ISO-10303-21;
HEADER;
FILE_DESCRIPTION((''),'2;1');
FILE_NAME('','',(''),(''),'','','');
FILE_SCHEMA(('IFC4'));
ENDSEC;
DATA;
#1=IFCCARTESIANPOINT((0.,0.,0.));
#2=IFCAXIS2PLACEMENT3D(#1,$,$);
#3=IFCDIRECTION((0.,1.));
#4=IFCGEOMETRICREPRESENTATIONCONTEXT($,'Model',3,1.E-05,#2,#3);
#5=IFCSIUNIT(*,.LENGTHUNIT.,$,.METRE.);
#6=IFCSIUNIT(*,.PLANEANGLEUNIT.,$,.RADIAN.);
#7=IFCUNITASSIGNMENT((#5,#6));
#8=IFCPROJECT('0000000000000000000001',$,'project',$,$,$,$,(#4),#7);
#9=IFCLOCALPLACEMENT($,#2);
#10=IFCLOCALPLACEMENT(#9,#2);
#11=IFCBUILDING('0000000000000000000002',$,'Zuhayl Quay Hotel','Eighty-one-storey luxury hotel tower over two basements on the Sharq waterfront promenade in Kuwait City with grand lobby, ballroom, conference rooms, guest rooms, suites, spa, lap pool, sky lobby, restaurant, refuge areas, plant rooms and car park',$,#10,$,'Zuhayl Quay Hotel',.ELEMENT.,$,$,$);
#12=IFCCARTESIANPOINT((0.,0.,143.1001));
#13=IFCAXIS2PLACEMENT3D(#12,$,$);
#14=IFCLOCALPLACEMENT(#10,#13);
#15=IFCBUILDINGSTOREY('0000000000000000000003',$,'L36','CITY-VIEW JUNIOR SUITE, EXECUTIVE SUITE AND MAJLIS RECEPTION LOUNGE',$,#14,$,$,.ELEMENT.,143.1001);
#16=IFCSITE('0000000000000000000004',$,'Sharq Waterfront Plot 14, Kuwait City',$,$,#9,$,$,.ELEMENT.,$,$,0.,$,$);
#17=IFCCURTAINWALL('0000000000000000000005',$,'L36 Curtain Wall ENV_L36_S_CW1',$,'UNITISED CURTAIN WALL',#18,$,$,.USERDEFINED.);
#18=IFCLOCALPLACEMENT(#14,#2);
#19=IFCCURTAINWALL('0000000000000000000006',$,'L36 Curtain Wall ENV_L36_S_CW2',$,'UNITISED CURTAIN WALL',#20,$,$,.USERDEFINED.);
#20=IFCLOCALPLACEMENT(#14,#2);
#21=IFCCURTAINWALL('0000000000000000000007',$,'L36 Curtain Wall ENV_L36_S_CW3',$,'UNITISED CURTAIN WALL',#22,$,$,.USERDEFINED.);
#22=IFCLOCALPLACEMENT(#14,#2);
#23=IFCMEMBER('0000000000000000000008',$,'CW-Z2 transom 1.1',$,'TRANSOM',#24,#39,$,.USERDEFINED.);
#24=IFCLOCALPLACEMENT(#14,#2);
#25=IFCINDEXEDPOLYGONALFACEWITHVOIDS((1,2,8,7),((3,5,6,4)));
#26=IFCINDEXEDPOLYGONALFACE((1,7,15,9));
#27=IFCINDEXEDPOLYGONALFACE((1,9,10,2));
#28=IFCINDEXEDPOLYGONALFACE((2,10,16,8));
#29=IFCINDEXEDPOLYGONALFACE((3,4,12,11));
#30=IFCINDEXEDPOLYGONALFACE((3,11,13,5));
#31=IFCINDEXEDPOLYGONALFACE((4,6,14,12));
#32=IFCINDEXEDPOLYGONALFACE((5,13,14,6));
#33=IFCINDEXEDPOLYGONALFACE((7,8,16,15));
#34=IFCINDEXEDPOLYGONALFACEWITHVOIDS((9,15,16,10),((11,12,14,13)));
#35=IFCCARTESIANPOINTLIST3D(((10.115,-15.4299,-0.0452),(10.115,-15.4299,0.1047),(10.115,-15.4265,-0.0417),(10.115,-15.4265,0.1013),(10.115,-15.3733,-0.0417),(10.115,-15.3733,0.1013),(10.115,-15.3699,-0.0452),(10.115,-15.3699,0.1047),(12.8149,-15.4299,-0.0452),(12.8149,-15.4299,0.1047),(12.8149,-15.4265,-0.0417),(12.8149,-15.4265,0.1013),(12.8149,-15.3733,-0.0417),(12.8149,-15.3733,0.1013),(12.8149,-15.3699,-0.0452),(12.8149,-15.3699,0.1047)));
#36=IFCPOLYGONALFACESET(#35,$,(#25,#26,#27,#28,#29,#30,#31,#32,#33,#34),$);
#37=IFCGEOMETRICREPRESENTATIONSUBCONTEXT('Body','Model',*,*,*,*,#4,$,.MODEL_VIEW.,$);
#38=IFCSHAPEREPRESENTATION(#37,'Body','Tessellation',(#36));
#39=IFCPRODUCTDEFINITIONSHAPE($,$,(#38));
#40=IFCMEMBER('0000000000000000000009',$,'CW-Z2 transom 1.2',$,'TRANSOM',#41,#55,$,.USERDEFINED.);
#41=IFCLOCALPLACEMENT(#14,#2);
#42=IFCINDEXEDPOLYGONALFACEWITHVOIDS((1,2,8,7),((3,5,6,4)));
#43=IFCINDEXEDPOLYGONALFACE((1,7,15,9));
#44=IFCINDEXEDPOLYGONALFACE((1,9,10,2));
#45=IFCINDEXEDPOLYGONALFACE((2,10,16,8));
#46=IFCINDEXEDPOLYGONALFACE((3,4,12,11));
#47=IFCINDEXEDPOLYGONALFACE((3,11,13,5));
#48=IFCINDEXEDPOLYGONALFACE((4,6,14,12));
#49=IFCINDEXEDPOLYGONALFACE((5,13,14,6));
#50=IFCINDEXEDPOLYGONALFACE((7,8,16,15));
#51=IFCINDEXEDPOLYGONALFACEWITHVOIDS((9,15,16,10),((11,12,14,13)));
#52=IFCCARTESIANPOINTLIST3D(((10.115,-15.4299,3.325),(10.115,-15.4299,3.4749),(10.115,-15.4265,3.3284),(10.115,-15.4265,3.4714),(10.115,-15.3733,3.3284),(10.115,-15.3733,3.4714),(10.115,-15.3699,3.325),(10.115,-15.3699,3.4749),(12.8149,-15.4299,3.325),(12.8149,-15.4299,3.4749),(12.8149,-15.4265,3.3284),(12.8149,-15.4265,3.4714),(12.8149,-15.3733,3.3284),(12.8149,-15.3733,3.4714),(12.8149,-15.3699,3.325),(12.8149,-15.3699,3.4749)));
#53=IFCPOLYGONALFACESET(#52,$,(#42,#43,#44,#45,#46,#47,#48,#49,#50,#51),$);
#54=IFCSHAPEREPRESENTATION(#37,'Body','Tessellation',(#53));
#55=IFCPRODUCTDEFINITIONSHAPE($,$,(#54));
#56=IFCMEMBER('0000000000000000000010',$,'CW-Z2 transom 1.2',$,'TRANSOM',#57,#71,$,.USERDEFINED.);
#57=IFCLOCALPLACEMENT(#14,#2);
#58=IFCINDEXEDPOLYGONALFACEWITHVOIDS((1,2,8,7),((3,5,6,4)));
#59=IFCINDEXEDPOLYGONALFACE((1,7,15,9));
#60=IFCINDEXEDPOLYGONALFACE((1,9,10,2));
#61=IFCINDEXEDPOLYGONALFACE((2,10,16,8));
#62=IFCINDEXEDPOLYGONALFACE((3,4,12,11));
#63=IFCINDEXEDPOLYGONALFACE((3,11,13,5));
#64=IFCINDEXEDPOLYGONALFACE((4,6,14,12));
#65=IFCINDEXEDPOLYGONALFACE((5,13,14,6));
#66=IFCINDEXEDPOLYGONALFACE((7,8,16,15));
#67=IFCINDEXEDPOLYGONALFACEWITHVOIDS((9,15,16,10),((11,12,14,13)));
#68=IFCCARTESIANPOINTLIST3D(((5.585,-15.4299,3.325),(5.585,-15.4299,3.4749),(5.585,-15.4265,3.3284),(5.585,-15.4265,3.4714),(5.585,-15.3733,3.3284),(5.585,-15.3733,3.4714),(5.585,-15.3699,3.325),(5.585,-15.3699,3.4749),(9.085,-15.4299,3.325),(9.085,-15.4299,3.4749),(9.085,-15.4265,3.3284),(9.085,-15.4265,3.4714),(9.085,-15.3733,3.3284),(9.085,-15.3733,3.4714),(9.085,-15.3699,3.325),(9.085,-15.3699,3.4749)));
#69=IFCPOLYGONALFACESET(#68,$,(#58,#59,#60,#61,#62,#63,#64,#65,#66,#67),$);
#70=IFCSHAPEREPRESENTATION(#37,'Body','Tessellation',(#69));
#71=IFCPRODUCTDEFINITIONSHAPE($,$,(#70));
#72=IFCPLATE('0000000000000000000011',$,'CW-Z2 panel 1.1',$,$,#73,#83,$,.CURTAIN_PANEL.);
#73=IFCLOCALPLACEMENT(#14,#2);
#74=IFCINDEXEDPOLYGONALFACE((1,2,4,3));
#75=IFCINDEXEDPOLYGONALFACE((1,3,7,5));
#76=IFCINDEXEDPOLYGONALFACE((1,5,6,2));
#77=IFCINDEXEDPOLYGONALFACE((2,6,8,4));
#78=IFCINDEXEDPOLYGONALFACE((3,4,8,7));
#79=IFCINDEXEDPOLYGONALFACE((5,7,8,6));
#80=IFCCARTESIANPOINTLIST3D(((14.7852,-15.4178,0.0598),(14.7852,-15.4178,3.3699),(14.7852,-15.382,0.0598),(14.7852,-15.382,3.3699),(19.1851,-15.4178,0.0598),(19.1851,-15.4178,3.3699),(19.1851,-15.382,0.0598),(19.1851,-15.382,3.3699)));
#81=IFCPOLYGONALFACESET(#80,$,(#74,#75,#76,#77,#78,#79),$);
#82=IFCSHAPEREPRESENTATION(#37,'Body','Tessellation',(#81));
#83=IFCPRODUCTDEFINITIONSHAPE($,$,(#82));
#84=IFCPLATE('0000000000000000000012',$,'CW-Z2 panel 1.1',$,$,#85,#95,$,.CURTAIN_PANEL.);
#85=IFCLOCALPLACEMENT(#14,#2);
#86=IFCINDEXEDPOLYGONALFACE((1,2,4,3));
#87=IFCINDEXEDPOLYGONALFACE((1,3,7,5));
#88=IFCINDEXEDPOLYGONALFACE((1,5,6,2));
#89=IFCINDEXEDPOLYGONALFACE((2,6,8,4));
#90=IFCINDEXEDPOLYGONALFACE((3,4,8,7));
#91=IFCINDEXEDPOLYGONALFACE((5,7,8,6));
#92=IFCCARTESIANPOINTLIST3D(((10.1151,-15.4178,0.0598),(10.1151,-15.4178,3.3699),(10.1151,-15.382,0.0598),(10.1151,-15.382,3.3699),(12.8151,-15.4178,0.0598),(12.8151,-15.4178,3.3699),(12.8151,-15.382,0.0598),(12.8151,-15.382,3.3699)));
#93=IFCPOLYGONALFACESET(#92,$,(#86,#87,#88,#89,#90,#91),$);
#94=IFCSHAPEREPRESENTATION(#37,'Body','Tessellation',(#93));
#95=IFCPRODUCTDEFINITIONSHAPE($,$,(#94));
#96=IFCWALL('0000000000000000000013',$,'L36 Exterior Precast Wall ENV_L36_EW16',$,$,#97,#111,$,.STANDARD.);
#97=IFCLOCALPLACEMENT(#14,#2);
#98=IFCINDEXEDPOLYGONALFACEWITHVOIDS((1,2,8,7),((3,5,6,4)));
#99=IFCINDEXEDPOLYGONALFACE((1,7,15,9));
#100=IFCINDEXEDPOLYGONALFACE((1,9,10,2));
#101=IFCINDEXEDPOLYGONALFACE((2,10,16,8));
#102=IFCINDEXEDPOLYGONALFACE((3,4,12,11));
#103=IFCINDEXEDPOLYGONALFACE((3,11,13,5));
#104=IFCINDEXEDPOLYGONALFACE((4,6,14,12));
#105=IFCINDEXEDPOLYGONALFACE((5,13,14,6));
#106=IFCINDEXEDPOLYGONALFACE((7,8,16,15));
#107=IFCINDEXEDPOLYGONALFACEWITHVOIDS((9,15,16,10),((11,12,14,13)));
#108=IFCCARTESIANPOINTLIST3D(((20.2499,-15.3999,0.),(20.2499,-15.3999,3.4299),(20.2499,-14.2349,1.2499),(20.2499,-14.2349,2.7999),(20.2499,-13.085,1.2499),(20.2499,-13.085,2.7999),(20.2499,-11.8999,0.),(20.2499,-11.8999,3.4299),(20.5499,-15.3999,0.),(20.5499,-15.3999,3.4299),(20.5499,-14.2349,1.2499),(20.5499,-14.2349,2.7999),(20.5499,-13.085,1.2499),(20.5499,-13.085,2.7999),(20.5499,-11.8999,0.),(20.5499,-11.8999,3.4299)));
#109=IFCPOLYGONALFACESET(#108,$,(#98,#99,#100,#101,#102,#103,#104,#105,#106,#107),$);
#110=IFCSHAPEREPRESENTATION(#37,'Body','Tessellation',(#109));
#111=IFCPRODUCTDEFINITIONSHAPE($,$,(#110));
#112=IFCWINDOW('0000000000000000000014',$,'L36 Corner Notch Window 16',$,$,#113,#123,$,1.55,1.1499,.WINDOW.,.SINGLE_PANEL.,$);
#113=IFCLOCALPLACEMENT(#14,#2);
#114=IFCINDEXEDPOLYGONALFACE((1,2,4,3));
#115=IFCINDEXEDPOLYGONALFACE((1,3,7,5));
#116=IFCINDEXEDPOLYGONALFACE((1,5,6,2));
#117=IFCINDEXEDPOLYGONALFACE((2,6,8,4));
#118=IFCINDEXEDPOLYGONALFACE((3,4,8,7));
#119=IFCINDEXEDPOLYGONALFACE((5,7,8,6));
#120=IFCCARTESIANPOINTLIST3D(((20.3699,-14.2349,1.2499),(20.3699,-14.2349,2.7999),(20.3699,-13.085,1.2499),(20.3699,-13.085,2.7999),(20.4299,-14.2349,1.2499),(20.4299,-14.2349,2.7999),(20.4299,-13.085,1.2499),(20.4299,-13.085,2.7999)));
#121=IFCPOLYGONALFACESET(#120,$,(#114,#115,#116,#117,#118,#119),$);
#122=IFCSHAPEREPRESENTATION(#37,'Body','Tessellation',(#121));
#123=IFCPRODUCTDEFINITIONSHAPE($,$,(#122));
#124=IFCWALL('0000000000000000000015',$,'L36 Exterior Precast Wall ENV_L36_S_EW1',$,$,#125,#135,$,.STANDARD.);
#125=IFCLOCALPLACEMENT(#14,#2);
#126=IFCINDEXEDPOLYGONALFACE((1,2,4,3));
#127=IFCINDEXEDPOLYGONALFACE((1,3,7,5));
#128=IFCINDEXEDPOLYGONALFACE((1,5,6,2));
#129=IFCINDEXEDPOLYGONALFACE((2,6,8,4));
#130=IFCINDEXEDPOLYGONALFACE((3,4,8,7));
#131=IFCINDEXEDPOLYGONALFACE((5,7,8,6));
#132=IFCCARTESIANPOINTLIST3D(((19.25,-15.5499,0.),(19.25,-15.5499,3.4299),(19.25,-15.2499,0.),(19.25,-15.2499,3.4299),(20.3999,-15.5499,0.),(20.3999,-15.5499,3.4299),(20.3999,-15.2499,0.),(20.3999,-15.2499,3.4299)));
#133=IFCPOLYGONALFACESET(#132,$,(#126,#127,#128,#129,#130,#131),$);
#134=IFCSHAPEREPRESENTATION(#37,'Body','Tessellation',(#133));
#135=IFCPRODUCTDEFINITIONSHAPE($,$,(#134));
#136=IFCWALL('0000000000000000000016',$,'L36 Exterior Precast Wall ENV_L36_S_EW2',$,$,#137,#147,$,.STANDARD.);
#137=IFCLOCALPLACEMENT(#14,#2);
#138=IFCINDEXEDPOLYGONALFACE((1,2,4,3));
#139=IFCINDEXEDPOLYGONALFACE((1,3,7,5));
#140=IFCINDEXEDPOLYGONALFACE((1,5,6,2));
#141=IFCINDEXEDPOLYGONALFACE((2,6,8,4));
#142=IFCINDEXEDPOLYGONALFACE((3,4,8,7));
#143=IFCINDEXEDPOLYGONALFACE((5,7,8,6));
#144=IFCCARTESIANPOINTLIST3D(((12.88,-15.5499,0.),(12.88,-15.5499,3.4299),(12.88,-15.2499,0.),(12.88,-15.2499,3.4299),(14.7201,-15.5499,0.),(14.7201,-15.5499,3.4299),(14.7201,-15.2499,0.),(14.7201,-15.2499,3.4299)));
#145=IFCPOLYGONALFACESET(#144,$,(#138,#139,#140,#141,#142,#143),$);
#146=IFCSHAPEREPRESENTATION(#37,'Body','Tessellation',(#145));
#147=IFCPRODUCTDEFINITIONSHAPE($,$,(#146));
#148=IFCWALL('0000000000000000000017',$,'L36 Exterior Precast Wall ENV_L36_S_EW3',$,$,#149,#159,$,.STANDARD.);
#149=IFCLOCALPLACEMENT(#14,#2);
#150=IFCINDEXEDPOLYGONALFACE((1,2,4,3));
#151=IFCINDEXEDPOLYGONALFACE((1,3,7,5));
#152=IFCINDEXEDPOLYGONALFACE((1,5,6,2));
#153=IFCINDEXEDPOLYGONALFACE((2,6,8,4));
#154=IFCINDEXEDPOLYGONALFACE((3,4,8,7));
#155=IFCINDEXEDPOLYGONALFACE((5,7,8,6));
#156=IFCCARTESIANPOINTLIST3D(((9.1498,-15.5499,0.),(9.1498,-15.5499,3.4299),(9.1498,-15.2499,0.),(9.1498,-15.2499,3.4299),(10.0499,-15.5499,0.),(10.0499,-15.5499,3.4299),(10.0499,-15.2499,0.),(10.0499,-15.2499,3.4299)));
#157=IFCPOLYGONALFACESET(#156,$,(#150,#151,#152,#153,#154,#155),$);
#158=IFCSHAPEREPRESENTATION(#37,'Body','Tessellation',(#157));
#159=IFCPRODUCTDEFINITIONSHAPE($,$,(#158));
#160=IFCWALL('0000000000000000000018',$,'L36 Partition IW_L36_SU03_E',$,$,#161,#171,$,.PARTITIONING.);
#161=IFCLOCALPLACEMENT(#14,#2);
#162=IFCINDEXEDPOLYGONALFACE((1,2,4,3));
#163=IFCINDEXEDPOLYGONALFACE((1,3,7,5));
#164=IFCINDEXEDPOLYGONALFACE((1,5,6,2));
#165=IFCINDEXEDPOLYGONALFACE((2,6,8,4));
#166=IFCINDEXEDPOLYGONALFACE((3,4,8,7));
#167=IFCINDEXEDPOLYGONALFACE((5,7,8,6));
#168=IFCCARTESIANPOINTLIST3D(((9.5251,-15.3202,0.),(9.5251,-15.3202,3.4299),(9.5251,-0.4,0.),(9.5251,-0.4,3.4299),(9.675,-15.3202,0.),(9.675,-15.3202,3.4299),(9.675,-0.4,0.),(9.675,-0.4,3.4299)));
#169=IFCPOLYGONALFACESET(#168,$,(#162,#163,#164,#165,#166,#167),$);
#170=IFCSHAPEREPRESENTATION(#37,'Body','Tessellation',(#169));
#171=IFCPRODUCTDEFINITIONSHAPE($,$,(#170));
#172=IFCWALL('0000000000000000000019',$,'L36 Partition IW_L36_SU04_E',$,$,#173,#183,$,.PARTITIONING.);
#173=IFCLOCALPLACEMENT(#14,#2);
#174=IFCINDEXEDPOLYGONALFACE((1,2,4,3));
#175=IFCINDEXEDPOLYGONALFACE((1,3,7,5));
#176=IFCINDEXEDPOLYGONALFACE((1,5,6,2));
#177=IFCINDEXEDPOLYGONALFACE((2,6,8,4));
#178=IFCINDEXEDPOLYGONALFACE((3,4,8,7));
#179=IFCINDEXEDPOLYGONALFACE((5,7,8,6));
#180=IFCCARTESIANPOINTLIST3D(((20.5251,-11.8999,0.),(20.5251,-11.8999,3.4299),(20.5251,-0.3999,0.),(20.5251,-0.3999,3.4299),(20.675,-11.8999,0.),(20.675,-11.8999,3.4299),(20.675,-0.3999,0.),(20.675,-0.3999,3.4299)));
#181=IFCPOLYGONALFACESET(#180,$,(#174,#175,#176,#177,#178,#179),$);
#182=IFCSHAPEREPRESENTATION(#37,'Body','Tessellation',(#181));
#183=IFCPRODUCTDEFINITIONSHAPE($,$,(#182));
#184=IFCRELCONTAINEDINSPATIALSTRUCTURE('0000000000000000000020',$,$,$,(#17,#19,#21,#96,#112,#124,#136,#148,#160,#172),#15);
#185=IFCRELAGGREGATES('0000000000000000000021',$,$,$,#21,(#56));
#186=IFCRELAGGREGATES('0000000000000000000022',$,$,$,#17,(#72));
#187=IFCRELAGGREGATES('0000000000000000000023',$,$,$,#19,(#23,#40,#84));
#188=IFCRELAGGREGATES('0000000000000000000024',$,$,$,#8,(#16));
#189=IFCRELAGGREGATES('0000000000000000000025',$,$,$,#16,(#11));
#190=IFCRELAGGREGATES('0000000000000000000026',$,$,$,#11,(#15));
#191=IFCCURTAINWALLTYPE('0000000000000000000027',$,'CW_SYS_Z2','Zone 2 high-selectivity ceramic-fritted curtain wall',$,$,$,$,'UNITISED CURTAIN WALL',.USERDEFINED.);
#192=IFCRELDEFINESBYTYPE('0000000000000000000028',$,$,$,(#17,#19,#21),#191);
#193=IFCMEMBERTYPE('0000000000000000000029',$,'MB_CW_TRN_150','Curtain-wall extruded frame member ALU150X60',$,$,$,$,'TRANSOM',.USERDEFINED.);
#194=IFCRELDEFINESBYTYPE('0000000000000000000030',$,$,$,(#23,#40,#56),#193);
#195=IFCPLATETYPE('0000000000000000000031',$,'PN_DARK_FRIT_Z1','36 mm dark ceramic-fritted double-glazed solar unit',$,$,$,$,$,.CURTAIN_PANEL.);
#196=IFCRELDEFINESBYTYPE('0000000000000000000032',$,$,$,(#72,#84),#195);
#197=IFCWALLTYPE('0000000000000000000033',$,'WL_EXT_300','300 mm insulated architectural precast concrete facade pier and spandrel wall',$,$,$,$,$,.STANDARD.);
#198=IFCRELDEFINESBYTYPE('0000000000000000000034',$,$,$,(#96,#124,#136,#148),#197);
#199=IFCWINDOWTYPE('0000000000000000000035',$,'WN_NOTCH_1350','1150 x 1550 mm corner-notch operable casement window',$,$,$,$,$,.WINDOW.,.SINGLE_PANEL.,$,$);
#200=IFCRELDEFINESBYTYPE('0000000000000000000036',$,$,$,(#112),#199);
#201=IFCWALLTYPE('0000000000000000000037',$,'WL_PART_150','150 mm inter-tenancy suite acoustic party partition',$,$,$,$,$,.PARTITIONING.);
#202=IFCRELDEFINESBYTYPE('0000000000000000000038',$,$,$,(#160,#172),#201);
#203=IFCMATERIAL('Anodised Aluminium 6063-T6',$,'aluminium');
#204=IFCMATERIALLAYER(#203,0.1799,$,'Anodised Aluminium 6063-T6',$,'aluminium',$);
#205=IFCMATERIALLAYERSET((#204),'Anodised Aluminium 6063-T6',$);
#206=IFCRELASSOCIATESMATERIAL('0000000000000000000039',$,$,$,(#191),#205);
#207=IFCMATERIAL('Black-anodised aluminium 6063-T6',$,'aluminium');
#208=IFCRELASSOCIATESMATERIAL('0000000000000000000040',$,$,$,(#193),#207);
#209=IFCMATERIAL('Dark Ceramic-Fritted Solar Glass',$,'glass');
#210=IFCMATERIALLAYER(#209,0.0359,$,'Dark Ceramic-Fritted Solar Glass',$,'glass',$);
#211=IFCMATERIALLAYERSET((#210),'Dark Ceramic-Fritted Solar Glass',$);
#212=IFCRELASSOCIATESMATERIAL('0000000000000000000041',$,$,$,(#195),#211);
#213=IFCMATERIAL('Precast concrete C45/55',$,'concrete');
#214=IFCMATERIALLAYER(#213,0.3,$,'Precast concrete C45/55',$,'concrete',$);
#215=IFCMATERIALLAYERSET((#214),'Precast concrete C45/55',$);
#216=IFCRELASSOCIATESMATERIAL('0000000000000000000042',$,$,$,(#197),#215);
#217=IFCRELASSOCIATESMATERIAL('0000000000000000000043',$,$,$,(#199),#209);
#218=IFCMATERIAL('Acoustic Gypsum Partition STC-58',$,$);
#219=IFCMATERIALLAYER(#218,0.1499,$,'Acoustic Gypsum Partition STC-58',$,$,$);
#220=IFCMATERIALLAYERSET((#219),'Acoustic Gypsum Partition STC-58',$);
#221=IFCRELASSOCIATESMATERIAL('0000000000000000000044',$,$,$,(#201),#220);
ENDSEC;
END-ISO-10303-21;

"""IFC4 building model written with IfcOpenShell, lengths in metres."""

from ifc_helpers import new_model, si_unit, direction, frame, frame_2d, origin, origin_2d, place, context, subcontext, project, spatial, rectangle, hollow_rectangle, extrude, material, layer, layer_set, material_profile, profile_set, type_object, element, fill, aggregate, save


model = new_model("IFC4")

# Units and contexts
model_context = context("Model", 3, precision=1e-05, world=origin(), true_north=direction((0.0, 1.0)))
body_context = subcontext(model_context, "Body", "Model", "MODEL_VIEW")
ifc_project = project(units=[si_unit("LENGTHUNIT", "METRE"), si_unit("PLANEANGLEUNIT", "RADIAN")], contexts=[model_context])

# Site, building, storey
site_placement = place(None, origin())
site = spatial("IfcSite", under=ifc_project, at=site_placement, Name="Sharq Waterfront Plot 14, Kuwait City", CompositionType="ELEMENT", RefElevation=0.0)
building_placement = place(site_placement, origin())
building = spatial("IfcBuilding", under=site, at=building_placement, Name="Zuhayl Quay Hotel", Description="Eighty-one-storey luxury hotel tower over two basements on the Sharq waterfront promenade in Kuwait City with grand lobby, ballroom, conference rooms, guest rooms, suites, spa, lap pool, sky lobby, restaurant, refuge areas, plant rooms and car park", LongName="Zuhayl Quay Hotel", CompositionType="ELEMENT")
storey_placement = place(building_placement, frame((0.0, 0.0, 143.1001)))
storey = spatial("IfcBuildingStorey", under=building, at=storey_placement, Name="L36", Description="CITY-VIEW JUNIOR SUITE, EXECUTIVE SUITE AND MAJLIS RECEPTION LOUNGE", CompositionType="ELEMENT", Elevation=143.1001)

# Curtain walls
ifc_material_1 = material(Name="Anodised Aluminium 6063-T6", Category="aluminium")
ifc_layer_1 = layer(ifc_material_1, 0.1799, Name="Anodised Aluminium 6063-T6", Category="aluminium")
ifc_layer_set_1 = layer_set([ifc_layer_1], Name="Anodised Aluminium 6063-T6")
curtain_wall_type = type_object("IfcCurtainWallType", Name="CW_SYS_Z2", Description="Zone 2 high-selectivity ceramic-fritted curtain wall", ElementType="UNITISED CURTAIN WALL", PredefinedType="USERDEFINED", material=ifc_layer_set_1)
curtain_wall_1_placement = place(storey_placement, origin())
curtain_wall_1 = element("IfcCurtainWall", 1, at=curtain_wall_1_placement, inside=storey, type_object=curtain_wall_type, Name="L36 Curtain Wall ENV_L36_S_CW1", ObjectType="UNITISED CURTAIN WALL", PredefinedType="USERDEFINED")
ifc_material_2 = material(Name="Black-anodised aluminium 6063-T6", Category="aluminium")
curtain_wall_2_placement = place(storey_placement, origin())
curtain_wall_2 = element("IfcCurtainWall", 2, at=curtain_wall_2_placement, inside=storey, type_object=curtain_wall_type, Name="L36 Curtain Wall ENV_L36_S_CW2", ObjectType="UNITISED CURTAIN WALL", PredefinedType="USERDEFINED")

# Curtain wall
curtain_wall_3_placement = place(storey_placement, origin())
curtain_wall_3 = element("IfcCurtainWall", 3, at=curtain_wall_3_placement, inside=storey, type_object=curtain_wall_type, Name="L36 Curtain Wall ENV_L36_S_CW3", ObjectType="UNITISED CURTAIN WALL", PredefinedType="USERDEFINED")

# Members
ifc_material_profile_1 = material_profile(ifc_material_2, hollow_rectangle(XDim=0.0601, YDim=0.1499, WallThickness=0.0034, at=origin_2d()), Name="ALU150X60")
ifc_profile_set_1 = profile_set([ifc_material_profile_1], Name="Black-anodised aluminium 6063-T6")
member_type_1 = type_object("IfcMemberType", Name="MB_CW_TRN_150", Description="Curtain-wall extruded frame member ALU150X60", ElementType="TRANSOM", PredefinedType="USERDEFINED", material=ifc_profile_set_1)
member_1_placement = place(storey_placement, frame((12.8149, -15.3999, 0.0298), z_axis=(-1.0, 0.0, 0.0), x_axis=(0.0, -1.0, 0.0)))
member_1 = element("IfcMember", 4, at=member_1_placement, type_object=member_type_1, Name="CW-Z2 transom 1.1", ObjectType="TRANSOM", PredefinedType="USERDEFINED", context=body_context, shape_type="SweptSolid", body=[
    extrude(hollow_rectangle(XDim=0.0601, YDim=0.1499, WallThickness=0.0034, at=origin_2d()), origin(), (0.0, 0.0, 1.0), 2.7),
])
member_2_placement = place(storey_placement, frame((12.8149, -15.3999, 3.3999), z_axis=(-1.0, 0.0, 0.0), x_axis=(0.0, -1.0, 0.0)))
member_2 = element("IfcMember", 5, at=member_2_placement, type_object=member_type_1, Name="CW-Z2 transom 1.2", ObjectType="TRANSOM", PredefinedType="USERDEFINED", context=body_context, shape_type="SweptSolid", body=[
    extrude(hollow_rectangle(XDim=0.0601, YDim=0.1499, WallThickness=0.0034, at=origin_2d()), origin(), (0.0, 0.0, 1.0), 2.7),
])
member_3_placement = place(storey_placement, frame((9.085, -15.3999, 3.3999), z_axis=(-1.0, 0.0, 0.0), x_axis=(0.0, -1.0, 0.0)))
member_3 = element("IfcMember", 6, at=member_3_placement, type_object=member_type_1, Name="CW-Z2 transom 1.2", ObjectType="TRANSOM", PredefinedType="USERDEFINED", context=body_context, shape_type="SweptSolid", body=[
    extrude(hollow_rectangle(XDim=0.0601, YDim=0.1499, WallThickness=0.0034, at=origin_2d()), origin(), (0.0, 0.0, 1.0), 3.5),
])
aggregate(curtain_wall_3, [member_3])

# Plates
ifc_material_3 = material(Name="Dark Ceramic-Fritted Solar Glass", Category="glass")
ifc_layer_2 = layer(ifc_material_3, 0.0359, Name="Dark Ceramic-Fritted Solar Glass", Category="glass")
ifc_layer_set_2 = layer_set([ifc_layer_2], Name="Dark Ceramic-Fritted Solar Glass")
plate_type = type_object("IfcPlateType", Name="PN_DARK_FRIT_Z1", Description="36 mm dark ceramic-fritted double-glazed solar unit", PredefinedType="CURTAIN_PANEL", material=ifc_layer_set_2)
plate_1_placement = place(storey_placement, frame((16.9851, -15.3999, 0.0598), z_axis=(0.0, 0.0, 1.0), x_axis=(-1.0, 0.0, 0.0)))
plate_1 = element("IfcPlate", 7, at=plate_1_placement, type_object=plate_type, Name="CW-Z2 panel 1.1", PredefinedType="CURTAIN_PANEL", context=body_context, shape_type="SweptSolid", body=[
    extrude(rectangle(XDim=4.3999, YDim=0.0359, at=origin_2d()), origin(), (0.0, 0.0, 1.0), 3.3101),
])
aggregate(curtain_wall_1, [plate_1])
plate_2_placement = place(storey_placement, frame((11.4651, -15.3999, 0.0598), z_axis=(0.0, 0.0, 1.0), x_axis=(-1.0, 0.0, 0.0)))
plate_2 = element("IfcPlate", 8, at=plate_2_placement, type_object=plate_type, Name="CW-Z2 panel 1.1", PredefinedType="CURTAIN_PANEL", context=body_context, shape_type="SweptSolid", body=[
    extrude(rectangle(XDim=2.7, YDim=0.0359, at=origin_2d()), origin(), (0.0, 0.0, 1.0), 3.3101),
])
aggregate(curtain_wall_2, [member_1, member_2, plate_2])

# Wall, opening, window
ifc_material_4 = material(Name="Precast concrete C45/55", Category="concrete")
ifc_layer_3 = layer(ifc_material_4, 0.3, Name="Precast concrete C45/55", Category="concrete")
ifc_layer_set_3 = layer_set([ifc_layer_3], Name="Precast concrete C45/55")
wall_type_1 = type_object("IfcWallType", Name="WL_EXT_300", Description="300 mm insulated architectural precast concrete facade pier and spandrel wall", PredefinedType="STANDARD", material=ifc_layer_set_3)
wall_1_placement = place(storey_placement, frame((20.3999, -11.8999, 0.0), z_axis=(0.0, 0.0, 1.0), x_axis=(0.0, -1.0, 0.0)))
wall_1 = element("IfcWall", 9, at=wall_1_placement, inside=storey, type_object=wall_type_1, Name="L36 Exterior Precast Wall ENV_L36_EW16", PredefinedType="STANDARD", context=body_context, shape_type="SweptSolid", body=[
    extrude(rectangle(XDim=3.5, YDim=0.3, at=frame_2d((1.75, 0.0))), origin(), (0.0, 0.0, 1.0), 3.4299),
])
opening_placement = place(wall_1_placement, frame((1.1851, 0.0, 1.25)))
opening = element("IfcOpeningElement", 10, at=opening_placement, cuts=wall_1, PredefinedType="OPENING", context=body_context, shape_type="SweptSolid", body=[
    extrude(rectangle(XDim=1.1499, YDim=1.55, at=frame_2d((0.575, 0.7749))), frame((0.0, 0.1599, 0.0), z_axis=(0.0, -1.0, 0.0), x_axis=(1.0, 0.0, 0.0)), (0.0, 0.0, 1.0), 0.3201),
])
window_type = type_object("IfcWindowType", Name="WN_NOTCH_1350", Description="1150 x 1550 mm corner-notch operable casement window", PartitioningType="SINGLE_PANEL", PredefinedType="WINDOW", material=ifc_material_3)
window_placement = place(opening_placement, origin())
window = element("IfcWindow", 11, at=window_placement, inside=storey, type_object=window_type, Name="L36 Corner Notch Window 16", OverallHeight=1.55, OverallWidth=1.1499, PartitioningType="SINGLE_PANEL", PredefinedType="WINDOW", context=body_context, shape_type="SweptSolid", body=[
    extrude(rectangle(XDim=1.1499, YDim=1.55, at=frame_2d((0.575, 0.7749))), frame((0.0, 0.03, 0.0), z_axis=(0.0, -1.0, 0.0), x_axis=(1.0, 0.0, 0.0)), (0.0, 0.0, 1.0), 0.0601),
])
fill(opening, window)

# Walls
wall_2_placement = place(storey_placement, frame((20.3999, -15.3999, 0.0), z_axis=(0.0, 0.0, 1.0), x_axis=(-1.0, 0.0, 0.0)))
element("IfcWall", 12, at=wall_2_placement, inside=storey, type_object=wall_type_1, Name="L36 Exterior Precast Wall ENV_L36_S_EW1", PredefinedType="STANDARD", context=body_context, shape_type="SweptSolid", body=[
    extrude(rectangle(XDim=1.1499, YDim=0.3, at=frame_2d((0.575, 0.0))), origin(), (0.0, 0.0, 1.0), 3.4299),
])
wall_3_placement = place(storey_placement, frame((14.72, -15.3999, 0.0), z_axis=(0.0, 0.0, 1.0), x_axis=(-1.0, 0.0, 0.0)))
element("IfcWall", 13, at=wall_3_placement, inside=storey, type_object=wall_type_1, Name="L36 Exterior Precast Wall ENV_L36_S_EW2", PredefinedType="STANDARD", context=body_context, shape_type="SweptSolid", body=[
    extrude(rectangle(XDim=1.8401, YDim=0.3, at=frame_2d((0.9199, 0.0))), origin(), (0.0, 0.0, 1.0), 3.4299),
])
wall_4_placement = place(storey_placement, frame((10.05, -15.3999, 0.0), z_axis=(0.0, 0.0, 1.0), x_axis=(-1.0, 0.0, 0.0)))
element("IfcWall", 14, at=wall_4_placement, inside=storey, type_object=wall_type_1, Name="L36 Exterior Precast Wall ENV_L36_S_EW3", PredefinedType="STANDARD", context=body_context, shape_type="SweptSolid", body=[
    extrude(rectangle(XDim=0.9001, YDim=0.3, at=frame_2d((0.4502, 0.0))), origin(), (0.0, 0.0, 1.0), 3.4299),
])
ifc_material_5 = material(Name="Acoustic Gypsum Partition STC-58")
ifc_layer_4 = layer(ifc_material_5, 0.1499, Name="Acoustic Gypsum Partition STC-58")
ifc_layer_set_4 = layer_set([ifc_layer_4], Name="Acoustic Gypsum Partition STC-58")
wall_type_2 = type_object("IfcWallType", Name="WL_PART_150", Description="150 mm inter-tenancy suite acoustic party partition", PredefinedType="PARTITIONING", material=ifc_layer_set_4)
wall_5_placement = place(storey_placement, frame((9.6001, -15.3201, 0.0), z_axis=(0.0, 0.0, 1.0), x_axis=(0.0, 1.0, 0.0)))
element("IfcWall", 15, at=wall_5_placement, inside=storey, type_object=wall_type_2, Name="L36 Partition IW_L36_SU03_E", PredefinedType="PARTITIONING", context=body_context, shape_type="SweptSolid", body=[
    extrude(rectangle(XDim=14.9202, YDim=0.1499, at=frame_2d((7.46, 0.0))), origin(), (0.0, 0.0, 1.0), 3.4299),
])
wall_6_placement = place(storey_placement, frame((20.6001, -11.8999, 0.0), z_axis=(0.0, 0.0, 1.0), x_axis=(0.0, 1.0, 0.0)))
element("IfcWall", 16, at=wall_6_placement, inside=storey, type_object=wall_type_2, Name="L36 Partition IW_L36_SU04_E", PredefinedType="PARTITIONING", context=body_context, shape_type="SweptSolid", body=[
    extrude(rectangle(XDim=11.5, YDim=0.1499, at=frame_2d((5.75, 0.0))), origin(), (0.0, 0.0, 1.0), 3.4299),
])

save(model, "model.ifc")
